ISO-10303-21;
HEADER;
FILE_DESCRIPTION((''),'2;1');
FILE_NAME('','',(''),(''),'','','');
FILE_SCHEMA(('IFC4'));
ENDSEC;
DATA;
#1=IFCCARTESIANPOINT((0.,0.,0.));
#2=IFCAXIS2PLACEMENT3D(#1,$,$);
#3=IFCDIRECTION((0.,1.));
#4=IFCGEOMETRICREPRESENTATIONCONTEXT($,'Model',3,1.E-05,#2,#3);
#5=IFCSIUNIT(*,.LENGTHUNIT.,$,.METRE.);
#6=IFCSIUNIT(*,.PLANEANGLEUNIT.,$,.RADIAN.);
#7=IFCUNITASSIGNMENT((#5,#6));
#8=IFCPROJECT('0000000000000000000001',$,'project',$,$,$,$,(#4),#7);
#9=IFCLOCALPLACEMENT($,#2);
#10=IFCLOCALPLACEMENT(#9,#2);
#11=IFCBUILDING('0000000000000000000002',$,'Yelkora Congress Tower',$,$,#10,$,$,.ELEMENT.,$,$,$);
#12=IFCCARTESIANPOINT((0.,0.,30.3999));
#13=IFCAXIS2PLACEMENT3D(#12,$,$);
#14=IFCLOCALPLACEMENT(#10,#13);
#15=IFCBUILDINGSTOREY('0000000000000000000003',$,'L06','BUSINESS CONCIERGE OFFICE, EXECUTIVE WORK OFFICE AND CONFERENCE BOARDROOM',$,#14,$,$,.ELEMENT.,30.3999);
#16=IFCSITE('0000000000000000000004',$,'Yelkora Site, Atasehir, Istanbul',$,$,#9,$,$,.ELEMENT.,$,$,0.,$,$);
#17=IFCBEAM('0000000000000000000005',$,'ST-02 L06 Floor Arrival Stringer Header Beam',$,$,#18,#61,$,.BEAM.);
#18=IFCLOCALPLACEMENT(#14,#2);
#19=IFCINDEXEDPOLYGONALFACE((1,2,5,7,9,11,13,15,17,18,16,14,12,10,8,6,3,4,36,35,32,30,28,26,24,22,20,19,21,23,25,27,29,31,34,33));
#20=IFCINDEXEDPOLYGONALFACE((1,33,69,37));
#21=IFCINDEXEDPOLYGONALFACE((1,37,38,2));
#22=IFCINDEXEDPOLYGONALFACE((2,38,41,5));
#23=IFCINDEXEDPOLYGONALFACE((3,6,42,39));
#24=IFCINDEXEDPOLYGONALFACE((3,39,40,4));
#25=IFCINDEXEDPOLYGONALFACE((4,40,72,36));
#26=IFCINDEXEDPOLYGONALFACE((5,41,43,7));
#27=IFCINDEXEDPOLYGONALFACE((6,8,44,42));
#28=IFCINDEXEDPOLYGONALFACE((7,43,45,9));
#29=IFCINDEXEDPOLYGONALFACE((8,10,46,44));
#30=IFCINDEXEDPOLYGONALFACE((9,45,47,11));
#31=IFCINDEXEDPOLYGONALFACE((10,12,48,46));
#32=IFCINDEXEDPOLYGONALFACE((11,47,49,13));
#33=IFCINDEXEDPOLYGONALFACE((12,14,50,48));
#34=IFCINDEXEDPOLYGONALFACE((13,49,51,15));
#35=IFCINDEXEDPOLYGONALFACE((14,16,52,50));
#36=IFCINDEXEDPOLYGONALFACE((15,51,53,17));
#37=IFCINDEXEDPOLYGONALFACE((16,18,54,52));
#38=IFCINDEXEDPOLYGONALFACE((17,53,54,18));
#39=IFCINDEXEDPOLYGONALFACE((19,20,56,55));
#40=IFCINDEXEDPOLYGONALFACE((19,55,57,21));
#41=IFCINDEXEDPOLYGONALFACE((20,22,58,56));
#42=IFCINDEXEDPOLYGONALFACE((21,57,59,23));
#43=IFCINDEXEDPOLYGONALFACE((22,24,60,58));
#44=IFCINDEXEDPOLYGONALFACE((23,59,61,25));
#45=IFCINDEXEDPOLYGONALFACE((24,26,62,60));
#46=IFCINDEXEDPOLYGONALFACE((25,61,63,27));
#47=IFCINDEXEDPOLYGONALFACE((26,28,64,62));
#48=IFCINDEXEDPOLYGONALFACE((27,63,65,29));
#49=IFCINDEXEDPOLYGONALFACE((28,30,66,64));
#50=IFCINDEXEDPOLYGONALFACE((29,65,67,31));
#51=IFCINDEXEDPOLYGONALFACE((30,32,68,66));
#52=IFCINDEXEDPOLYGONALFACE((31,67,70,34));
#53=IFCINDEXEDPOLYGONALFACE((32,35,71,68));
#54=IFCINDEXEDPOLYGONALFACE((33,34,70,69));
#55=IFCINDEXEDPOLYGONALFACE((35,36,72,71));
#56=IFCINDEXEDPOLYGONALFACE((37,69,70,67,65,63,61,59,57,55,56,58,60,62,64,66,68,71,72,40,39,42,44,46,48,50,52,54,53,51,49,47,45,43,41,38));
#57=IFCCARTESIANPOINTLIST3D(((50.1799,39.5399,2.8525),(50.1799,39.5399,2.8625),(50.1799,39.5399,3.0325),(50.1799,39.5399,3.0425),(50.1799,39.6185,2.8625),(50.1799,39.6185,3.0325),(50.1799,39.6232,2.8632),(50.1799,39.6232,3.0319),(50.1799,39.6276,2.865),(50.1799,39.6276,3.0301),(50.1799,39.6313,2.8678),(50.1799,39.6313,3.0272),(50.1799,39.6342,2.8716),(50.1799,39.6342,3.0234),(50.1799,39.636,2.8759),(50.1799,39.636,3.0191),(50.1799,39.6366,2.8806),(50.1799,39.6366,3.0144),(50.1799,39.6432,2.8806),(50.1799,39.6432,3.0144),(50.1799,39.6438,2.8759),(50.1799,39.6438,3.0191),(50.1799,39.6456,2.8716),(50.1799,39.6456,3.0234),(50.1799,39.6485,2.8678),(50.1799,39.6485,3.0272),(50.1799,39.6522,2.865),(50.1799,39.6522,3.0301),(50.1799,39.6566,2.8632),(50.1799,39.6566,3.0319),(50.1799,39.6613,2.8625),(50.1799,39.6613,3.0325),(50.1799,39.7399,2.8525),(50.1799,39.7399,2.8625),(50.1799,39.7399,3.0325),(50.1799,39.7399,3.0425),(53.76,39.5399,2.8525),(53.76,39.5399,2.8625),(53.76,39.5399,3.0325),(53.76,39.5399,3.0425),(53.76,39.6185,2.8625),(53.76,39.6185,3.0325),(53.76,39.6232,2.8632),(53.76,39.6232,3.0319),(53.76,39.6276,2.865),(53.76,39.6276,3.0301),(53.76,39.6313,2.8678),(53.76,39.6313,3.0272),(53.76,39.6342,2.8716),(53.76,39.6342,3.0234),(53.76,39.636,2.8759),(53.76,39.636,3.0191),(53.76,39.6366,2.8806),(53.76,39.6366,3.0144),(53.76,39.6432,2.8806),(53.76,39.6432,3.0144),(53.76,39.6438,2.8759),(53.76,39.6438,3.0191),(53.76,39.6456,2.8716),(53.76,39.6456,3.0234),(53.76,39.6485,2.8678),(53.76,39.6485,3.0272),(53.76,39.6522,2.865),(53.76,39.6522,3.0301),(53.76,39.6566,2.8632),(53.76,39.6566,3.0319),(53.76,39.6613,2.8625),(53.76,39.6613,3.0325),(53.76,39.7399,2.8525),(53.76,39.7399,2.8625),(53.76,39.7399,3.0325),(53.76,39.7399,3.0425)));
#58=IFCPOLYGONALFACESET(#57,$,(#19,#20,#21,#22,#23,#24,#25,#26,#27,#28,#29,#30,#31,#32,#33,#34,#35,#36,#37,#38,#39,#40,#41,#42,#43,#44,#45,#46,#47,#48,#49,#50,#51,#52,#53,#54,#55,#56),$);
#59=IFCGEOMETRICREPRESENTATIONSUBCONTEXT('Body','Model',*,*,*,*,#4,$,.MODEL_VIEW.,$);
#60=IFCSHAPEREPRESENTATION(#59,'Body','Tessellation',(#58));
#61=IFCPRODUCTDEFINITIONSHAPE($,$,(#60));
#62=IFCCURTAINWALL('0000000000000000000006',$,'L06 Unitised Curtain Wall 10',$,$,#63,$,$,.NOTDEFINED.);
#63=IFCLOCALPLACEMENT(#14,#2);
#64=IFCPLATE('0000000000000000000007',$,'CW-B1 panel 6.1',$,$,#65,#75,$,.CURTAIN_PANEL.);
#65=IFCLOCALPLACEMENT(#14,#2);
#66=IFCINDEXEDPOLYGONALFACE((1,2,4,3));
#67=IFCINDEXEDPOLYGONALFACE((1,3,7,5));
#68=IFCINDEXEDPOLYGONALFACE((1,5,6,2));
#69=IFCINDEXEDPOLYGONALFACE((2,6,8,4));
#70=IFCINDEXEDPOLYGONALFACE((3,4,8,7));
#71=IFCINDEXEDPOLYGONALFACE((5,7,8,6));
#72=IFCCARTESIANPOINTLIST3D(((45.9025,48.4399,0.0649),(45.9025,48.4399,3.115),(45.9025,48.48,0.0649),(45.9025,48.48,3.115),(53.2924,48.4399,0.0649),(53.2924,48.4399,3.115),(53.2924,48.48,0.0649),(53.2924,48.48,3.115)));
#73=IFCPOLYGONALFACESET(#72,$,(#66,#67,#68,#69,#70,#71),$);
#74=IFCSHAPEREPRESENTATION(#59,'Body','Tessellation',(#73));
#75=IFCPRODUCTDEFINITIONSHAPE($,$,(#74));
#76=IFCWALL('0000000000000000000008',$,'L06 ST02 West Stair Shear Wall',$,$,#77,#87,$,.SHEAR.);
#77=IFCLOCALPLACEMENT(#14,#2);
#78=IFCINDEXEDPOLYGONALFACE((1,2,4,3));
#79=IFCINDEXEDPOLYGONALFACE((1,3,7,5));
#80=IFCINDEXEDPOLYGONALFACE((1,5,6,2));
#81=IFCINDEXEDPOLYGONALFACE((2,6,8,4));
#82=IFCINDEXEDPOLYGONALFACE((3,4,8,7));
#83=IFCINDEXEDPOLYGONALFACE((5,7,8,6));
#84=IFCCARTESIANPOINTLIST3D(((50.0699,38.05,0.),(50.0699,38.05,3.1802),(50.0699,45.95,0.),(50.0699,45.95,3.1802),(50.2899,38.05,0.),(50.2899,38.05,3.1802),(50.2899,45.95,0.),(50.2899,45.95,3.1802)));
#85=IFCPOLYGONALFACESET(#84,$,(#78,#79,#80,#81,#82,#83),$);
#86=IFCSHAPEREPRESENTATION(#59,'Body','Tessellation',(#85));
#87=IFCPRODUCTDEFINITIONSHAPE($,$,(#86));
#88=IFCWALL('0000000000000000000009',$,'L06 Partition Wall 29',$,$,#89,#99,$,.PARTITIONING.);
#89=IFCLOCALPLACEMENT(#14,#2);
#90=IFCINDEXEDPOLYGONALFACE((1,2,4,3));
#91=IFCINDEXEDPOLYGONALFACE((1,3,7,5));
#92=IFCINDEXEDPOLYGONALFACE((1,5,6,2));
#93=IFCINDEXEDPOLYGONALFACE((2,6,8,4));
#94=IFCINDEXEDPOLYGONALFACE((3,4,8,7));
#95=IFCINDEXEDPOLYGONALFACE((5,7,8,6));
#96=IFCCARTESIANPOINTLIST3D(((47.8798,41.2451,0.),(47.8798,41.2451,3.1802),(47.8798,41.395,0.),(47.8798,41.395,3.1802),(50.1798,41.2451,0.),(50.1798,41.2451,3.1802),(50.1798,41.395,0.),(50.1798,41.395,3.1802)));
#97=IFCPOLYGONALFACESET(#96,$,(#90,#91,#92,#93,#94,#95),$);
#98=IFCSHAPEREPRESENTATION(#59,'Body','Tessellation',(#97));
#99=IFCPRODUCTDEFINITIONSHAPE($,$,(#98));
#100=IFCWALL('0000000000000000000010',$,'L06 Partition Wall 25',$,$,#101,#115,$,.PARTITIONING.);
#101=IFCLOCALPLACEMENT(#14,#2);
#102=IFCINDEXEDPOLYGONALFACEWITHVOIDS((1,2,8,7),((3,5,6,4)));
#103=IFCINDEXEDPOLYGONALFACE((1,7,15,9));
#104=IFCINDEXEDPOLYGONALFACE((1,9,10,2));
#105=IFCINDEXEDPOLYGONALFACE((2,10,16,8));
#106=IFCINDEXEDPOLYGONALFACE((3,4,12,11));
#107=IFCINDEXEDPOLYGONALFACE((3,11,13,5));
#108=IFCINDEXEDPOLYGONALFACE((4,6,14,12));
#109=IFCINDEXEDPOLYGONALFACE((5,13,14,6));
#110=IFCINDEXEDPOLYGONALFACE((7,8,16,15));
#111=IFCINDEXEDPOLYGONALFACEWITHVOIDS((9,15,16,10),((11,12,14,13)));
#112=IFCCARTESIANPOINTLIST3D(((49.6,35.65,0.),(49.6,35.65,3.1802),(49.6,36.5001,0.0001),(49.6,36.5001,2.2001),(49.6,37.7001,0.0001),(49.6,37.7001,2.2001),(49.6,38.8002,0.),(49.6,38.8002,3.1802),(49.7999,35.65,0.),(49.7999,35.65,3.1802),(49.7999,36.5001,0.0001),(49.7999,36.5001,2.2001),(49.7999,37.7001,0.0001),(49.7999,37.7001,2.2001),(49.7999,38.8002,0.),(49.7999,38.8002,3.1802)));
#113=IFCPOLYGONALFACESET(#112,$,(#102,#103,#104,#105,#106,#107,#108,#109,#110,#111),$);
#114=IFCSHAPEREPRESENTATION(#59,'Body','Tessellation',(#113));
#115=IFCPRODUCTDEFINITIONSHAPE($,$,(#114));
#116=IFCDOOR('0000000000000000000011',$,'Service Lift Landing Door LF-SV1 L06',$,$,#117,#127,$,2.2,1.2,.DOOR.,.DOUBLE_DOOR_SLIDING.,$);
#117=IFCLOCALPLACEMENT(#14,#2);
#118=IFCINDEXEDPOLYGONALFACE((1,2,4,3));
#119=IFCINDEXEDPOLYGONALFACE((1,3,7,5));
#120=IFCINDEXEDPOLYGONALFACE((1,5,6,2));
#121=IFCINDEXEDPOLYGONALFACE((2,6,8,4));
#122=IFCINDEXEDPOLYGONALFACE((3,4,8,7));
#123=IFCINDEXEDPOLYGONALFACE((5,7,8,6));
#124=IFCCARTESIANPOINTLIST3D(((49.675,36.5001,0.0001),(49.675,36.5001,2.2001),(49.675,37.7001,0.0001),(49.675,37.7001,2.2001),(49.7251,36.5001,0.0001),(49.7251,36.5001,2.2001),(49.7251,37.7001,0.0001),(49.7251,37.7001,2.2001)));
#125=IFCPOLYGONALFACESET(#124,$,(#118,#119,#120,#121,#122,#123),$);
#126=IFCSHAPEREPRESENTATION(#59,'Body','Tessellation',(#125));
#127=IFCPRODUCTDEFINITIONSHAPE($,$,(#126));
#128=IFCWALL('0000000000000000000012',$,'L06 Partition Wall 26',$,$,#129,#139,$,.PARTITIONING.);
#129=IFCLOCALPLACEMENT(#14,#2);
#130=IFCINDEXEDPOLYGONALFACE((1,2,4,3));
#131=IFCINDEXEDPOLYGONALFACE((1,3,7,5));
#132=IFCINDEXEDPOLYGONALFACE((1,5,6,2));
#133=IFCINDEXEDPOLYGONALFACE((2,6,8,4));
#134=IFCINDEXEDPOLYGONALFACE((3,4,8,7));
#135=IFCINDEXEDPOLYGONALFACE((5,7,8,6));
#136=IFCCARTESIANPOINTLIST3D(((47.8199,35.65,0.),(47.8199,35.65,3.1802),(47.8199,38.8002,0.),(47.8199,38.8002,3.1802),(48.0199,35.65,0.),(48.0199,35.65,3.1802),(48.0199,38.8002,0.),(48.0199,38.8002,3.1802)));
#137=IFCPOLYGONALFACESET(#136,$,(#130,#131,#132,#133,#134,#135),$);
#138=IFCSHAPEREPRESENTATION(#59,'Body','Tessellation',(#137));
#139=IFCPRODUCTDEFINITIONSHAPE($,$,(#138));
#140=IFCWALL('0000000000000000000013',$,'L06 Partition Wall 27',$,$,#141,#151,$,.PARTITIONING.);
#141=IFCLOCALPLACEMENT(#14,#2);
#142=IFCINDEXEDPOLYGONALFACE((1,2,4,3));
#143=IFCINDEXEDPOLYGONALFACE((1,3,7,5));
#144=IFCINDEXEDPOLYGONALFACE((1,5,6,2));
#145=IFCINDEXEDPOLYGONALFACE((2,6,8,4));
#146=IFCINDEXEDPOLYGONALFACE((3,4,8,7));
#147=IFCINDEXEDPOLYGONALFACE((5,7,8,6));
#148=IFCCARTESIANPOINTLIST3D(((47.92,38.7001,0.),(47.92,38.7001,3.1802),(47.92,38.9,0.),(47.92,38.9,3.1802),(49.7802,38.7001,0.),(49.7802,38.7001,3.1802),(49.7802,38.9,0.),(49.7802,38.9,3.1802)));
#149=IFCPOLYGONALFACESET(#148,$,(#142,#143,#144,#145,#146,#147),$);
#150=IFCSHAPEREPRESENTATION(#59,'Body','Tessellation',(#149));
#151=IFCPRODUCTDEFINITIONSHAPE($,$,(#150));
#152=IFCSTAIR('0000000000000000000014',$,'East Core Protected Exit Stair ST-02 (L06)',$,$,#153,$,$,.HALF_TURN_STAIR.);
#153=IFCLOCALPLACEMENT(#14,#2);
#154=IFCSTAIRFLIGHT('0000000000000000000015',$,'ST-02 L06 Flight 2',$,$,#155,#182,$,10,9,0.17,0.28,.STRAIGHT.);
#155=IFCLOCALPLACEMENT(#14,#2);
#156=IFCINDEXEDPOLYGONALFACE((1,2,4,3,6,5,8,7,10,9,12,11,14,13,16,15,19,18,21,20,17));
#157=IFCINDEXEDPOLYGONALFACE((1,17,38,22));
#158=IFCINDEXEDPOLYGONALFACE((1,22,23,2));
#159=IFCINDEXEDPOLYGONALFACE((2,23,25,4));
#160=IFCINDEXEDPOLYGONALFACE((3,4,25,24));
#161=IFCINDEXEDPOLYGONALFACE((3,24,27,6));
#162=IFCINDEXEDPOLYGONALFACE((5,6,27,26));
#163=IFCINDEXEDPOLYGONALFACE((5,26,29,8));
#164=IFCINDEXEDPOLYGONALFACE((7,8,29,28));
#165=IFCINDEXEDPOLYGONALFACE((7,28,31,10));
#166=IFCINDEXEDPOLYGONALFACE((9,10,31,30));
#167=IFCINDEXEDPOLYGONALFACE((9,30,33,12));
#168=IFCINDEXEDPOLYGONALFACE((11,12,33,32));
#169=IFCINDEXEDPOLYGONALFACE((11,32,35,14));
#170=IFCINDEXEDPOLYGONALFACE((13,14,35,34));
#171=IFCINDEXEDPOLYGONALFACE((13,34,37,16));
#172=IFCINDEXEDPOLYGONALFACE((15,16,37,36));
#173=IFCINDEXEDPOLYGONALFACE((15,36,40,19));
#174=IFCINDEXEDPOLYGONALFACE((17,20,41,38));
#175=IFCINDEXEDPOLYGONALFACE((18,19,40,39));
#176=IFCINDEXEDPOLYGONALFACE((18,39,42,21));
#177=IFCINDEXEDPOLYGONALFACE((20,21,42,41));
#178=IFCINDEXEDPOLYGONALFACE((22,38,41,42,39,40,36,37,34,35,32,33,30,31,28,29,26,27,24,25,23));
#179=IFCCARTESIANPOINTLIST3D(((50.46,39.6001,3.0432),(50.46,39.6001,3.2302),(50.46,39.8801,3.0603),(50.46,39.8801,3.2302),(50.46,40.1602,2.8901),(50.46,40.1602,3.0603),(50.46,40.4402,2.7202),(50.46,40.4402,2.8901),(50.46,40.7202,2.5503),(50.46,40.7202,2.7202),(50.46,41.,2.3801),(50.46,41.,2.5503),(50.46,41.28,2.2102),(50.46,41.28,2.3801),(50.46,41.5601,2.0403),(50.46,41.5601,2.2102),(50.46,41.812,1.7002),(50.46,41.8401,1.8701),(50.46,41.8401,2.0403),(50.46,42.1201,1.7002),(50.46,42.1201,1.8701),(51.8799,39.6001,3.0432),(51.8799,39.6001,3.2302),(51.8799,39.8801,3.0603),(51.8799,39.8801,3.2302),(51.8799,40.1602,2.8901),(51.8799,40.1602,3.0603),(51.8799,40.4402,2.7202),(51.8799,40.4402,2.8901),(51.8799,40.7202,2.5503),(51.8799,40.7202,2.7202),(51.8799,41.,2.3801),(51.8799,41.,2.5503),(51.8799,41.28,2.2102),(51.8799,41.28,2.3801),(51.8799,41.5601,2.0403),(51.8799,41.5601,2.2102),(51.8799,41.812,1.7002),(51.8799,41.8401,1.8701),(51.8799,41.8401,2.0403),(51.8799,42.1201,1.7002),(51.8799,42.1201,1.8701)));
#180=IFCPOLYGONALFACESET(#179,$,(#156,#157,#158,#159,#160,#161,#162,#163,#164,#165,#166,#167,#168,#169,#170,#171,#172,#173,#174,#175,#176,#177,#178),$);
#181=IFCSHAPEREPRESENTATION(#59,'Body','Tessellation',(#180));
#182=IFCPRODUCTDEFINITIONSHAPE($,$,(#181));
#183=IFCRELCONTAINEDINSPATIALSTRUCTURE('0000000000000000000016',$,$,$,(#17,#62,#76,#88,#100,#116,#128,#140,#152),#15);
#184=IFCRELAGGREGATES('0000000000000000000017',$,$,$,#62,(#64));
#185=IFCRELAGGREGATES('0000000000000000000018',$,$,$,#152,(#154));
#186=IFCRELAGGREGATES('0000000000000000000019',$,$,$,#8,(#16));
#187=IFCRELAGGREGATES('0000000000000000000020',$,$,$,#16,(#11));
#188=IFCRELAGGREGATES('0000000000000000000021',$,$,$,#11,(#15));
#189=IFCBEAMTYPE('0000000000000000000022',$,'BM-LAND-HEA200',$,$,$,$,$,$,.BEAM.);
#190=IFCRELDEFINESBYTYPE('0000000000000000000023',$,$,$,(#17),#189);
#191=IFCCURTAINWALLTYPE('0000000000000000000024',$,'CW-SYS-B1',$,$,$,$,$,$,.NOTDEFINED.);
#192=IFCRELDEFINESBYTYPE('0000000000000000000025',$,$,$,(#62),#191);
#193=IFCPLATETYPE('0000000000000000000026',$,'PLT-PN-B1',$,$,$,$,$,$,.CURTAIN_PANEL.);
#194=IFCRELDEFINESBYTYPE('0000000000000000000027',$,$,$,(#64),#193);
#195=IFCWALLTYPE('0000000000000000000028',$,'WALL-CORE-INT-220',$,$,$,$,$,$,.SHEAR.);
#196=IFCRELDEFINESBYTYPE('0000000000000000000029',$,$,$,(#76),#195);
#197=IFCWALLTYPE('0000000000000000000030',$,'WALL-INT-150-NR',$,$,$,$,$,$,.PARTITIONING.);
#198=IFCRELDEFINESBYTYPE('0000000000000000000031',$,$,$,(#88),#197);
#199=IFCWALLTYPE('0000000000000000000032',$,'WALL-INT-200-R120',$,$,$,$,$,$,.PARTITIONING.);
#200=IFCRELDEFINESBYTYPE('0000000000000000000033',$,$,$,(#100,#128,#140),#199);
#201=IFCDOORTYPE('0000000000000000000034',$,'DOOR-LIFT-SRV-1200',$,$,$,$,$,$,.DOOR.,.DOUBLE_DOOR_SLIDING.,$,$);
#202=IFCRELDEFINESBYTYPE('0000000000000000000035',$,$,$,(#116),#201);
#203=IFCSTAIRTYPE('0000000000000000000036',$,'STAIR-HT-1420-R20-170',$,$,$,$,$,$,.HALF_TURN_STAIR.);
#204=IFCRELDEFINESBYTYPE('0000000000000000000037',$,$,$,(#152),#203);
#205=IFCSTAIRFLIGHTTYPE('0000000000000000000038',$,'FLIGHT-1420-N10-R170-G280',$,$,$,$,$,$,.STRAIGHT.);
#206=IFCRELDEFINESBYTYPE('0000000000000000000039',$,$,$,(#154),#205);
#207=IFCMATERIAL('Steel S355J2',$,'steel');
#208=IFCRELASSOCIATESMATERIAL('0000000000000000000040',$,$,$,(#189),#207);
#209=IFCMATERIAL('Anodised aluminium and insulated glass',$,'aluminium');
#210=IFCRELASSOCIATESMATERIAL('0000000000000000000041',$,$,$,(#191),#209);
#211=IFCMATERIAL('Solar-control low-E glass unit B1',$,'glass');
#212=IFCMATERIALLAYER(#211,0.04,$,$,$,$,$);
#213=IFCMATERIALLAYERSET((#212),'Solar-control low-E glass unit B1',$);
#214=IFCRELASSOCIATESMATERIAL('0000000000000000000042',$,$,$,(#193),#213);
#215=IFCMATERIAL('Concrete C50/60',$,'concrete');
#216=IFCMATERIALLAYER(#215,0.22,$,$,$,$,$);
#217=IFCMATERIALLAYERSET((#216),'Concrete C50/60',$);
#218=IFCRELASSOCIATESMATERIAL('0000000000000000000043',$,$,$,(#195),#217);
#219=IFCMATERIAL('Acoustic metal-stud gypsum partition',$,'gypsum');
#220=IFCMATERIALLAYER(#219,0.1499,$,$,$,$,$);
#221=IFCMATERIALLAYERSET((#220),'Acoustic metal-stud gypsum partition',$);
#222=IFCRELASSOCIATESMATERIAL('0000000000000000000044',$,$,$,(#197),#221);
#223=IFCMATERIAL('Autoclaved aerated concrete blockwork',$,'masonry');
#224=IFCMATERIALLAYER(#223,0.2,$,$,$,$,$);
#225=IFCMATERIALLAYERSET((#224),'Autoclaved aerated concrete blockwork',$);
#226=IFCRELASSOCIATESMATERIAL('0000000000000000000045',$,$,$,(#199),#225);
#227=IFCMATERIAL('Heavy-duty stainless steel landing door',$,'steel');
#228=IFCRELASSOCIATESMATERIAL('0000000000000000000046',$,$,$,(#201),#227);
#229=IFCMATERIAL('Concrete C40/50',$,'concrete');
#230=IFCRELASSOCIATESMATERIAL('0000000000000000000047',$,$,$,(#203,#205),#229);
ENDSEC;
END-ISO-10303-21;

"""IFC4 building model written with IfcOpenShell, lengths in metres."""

from ifc_helpers import new_model, si_unit, direction, frame, frame_2d, origin, origin_2d, place, context, subcontext, project, spatial, polyline, rectangle, i_section, outline, extrude, material, layer, layer_set, material_profile, profile_set, type_object, element, fill, aggregate, save


model = new_model("IFC4")

# Units and contexts
model_context = context("Model", 3, precision=1e-05, world=origin(), true_north=direction((0.0, 1.0)))
body_context = subcontext(model_context, "Body", "Model", "MODEL_VIEW")
ifc_project = project(units=[si_unit("LENGTHUNIT", "METRE"), si_unit("PLANEANGLEUNIT", "RADIAN")], contexts=[model_context])

# Site, building, storey
site_placement = place(None, origin())
site = spatial("IfcSite", under=ifc_project, at=site_placement, Name="Yelkora Site, Atasehir, Istanbul", CompositionType="ELEMENT", RefElevation=0.0)
building_placement = place(site_placement, origin())
building = spatial("IfcBuilding", under=site, at=building_placement, Name="Yelkora Congress Tower", CompositionType="ELEMENT")
storey_placement = place(building_placement, frame((0.0, 0.0, 30.3999)))
storey = spatial("IfcBuildingStorey", under=building, at=storey_placement, Name="L06", Description="BUSINESS CONCIERGE OFFICE, EXECUTIVE WORK OFFICE AND CONFERENCE BOARDROOM", CompositionType="ELEMENT", Elevation=30.3999)

# Beam
ifc_material_1 = material(Name="Steel S355J2", Category="steel")
ifc_material_profile_1 = material_profile(ifc_material_1, i_section(OverallWidth=0.2, OverallDepth=0.1899, WebThickness=0.0066, FlangeThickness=0.01, FilletRadius=0.0181, at=origin_2d()), Name="HEA 200")
ifc_profile_set_1 = profile_set([ifc_material_profile_1], Name="Steel S355J2")
beam_type = type_object("IfcBeamType", Name="BM-LAND-HEA200", PredefinedType="BEAM", material=ifc_profile_set_1)
beam_1_placement = place(storey_placement, frame((50.1799, 39.6399, 2.9475), z_axis=(1.0, 0.0, 0.0), x_axis=(0.0, 1.0, 0.0)))
element("IfcBeam", 1, at=beam_1_placement, inside=storey, type_object=beam_type, Name="ST-02 L06 Floor Arrival Stringer Header Beam", PredefinedType="BEAM", context=body_context, shape_type="SweptSolid", body=[
    extrude(i_section(OverallWidth=0.2, OverallDepth=0.1899, WebThickness=0.0066, FlangeThickness=0.01, FilletRadius=0.0181, at=origin_2d()), origin(), (0.0, 0.0, 1.0), 3.5801),
])

# Curtain wall, plate
ifc_material_2 = material(Name="Anodised aluminium and insulated glass", Category="aluminium")
curtain_wall_type = type_object("IfcCurtainWallType", Name="CW-SYS-B1", PredefinedType="NOTDEFINED", material=ifc_material_2)
curtain_wall_placement = place(storey_placement, origin())
curtain_wall = element("IfcCurtainWall", 2, at=curtain_wall_placement, inside=storey, type_object=curtain_wall_type, Name="L06 Unitised Curtain Wall 10", PredefinedType="NOTDEFINED")
ifc_material_3 = material(Name="Solar-control low-E glass unit B1", Category="glass")
ifc_layer_1 = layer(ifc_material_3, 0.04)
ifc_layer_set_1 = layer_set([ifc_layer_1], Name="Solar-control low-E glass unit B1")
plate_type = type_object("IfcPlateType", Name="PLT-PN-B1", PredefinedType="CURTAIN_PANEL", material=ifc_layer_set_1)
plate_placement = place(storey_placement, frame((49.5974, 48.46, 0.0649), z_axis=(0.0, 0.0, 1.0), x_axis=(1.0, 0.0, 0.0)))
plate = element("IfcPlate", 3, at=plate_placement, type_object=plate_type, Name="CW-B1 panel 6.1", PredefinedType="CURTAIN_PANEL", context=body_context, shape_type="SweptSolid", body=[
    extrude(rectangle(XDim=7.3899, YDim=0.04, at=origin_2d()), origin(), (0.0, 0.0, 1.0), 3.05),
])
aggregate(curtain_wall, [plate])

# Walls
ifc_material_4 = material(Name="Concrete C50/60", Category="concrete")
ifc_layer_2 = layer(ifc_material_4, 0.22)
ifc_layer_set_2 = layer_set([ifc_layer_2], Name="Concrete C50/60")
wall_type_1 = type_object("IfcWallType", Name="WALL-CORE-INT-220", PredefinedType="SHEAR", material=ifc_layer_set_2)
wall_1_placement = place(storey_placement, frame((50.1799, 38.05, 0.0), z_axis=(0.0, 0.0, 1.0), x_axis=(0.0, 1.0, 0.0)))
element("IfcWall", 4, at=wall_1_placement, inside=storey, type_object=wall_type_1, Name="L06 ST02 West Stair Shear Wall", PredefinedType="SHEAR", context=body_context, shape_type="SweptSolid", body=[
    extrude(rectangle(XDim=7.8999, YDim=0.22, at=frame_2d((3.95, 0.0))), origin(), (0.0, 0.0, 1.0), 3.1802),
])
ifc_material_5 = material(Name="Acoustic metal-stud gypsum partition", Category="gypsum")
ifc_layer_3 = layer(ifc_material_5, 0.1499)
ifc_layer_set_3 = layer_set([ifc_layer_3], Name="Acoustic metal-stud gypsum partition")
wall_type_2 = type_object("IfcWallType", Name="WALL-INT-150-NR", PredefinedType="PARTITIONING", material=ifc_layer_set_3)
wall_2_placement = place(storey_placement, frame((47.8799, 41.3201, 0.0), z_axis=(0.0, 0.0, 1.0), x_axis=(1.0, 0.0, 0.0)))
element("IfcWall", 5, at=wall_2_placement, inside=storey, type_object=wall_type_2, Name="L06 Partition Wall 29", PredefinedType="PARTITIONING", context=body_context, shape_type="SweptSolid", body=[
    extrude(rectangle(XDim=2.3, YDim=0.1499, at=frame_2d((1.1499, 0.0))), origin(), (0.0, 0.0, 1.0), 3.1802),
])

# Wall, opening, door
ifc_material_6 = material(Name="Autoclaved aerated concrete blockwork", Category="masonry")
ifc_layer_4 = layer(ifc_material_6, 0.2)
ifc_layer_set_4 = layer_set([ifc_layer_4], Name="Autoclaved aerated concrete blockwork")
wall_type_3 = type_object("IfcWallType", Name="WALL-INT-200-R120", PredefinedType="PARTITIONING", material=ifc_layer_set_4)
wall_3_placement = place(storey_placement, frame((49.7, 35.6499, 0.0), z_axis=(0.0, 0.0, 1.0), x_axis=(0.0, 1.0, 0.0)))
wall_3 = element("IfcWall", 6, at=wall_3_placement, inside=storey, type_object=wall_type_3, Name="L06 Partition Wall 25", PredefinedType="PARTITIONING", context=body_context, shape_type="SweptSolid", body=[
    extrude(rectangle(XDim=3.1501, YDim=0.2, at=frame_2d((1.5752, 0.0))), origin(), (0.0, 0.0, 1.0), 3.1802),
])
opening_1_placement = place(wall_3_placement, frame((0.8501, 0.0, 0.0)))
opening_1 = element("IfcOpeningElement", 7, at=opening_1_placement, cuts=wall_3, PredefinedType="OPENING", context=body_context, shape_type="SweptSolid", body=[
    extrude(rectangle(XDim=1.2, YDim=2.2, at=frame_2d((0.6001, 1.1001))), frame((0.0, 0.1099, 0.0), z_axis=(0.0, -1.0, 0.0), x_axis=(1.0, 0.0, 0.0)), (0.0, 0.0, 1.0), 0.22),
])
ifc_material_7 = material(Name="Heavy-duty stainless steel landing door", Category="steel")
door_type_1 = type_object("IfcDoorType", Name="DOOR-LIFT-SRV-1200", OperationType="DOUBLE_DOOR_SLIDING", PredefinedType="DOOR", material=ifc_material_7)
door_1_placement = place(opening_1_placement, origin())
door_1 = element("IfcDoor", 8, at=door_1_placement, inside=storey, type_object=door_type_1, Name="Service Lift Landing Door LF-SV1 L06", OperationType="DOUBLE_DOOR_SLIDING", OverallHeight=2.2, OverallWidth=1.2, PredefinedType="DOOR", context=body_context, shape_type="SweptSolid", body=[
    extrude(rectangle(XDim=1.2, YDim=2.2, at=frame_2d((0.6001, 1.1001))), frame((0.0, 0.0249, 0.0), z_axis=(0.0, -1.0, 0.0), x_axis=(1.0, 0.0, 0.0)), (0.0, 0.0, 1.0), 0.05),
])
fill(opening_1, door_1)

# Walls
wall_4_placement = place(storey_placement, frame((47.9199, 35.6499, 0.0), z_axis=(0.0, 0.0, 1.0), x_axis=(0.0, 1.0, 0.0)))
element("IfcWall", 9, at=wall_4_placement, inside=storey, type_object=wall_type_3, Name="L06 Partition Wall 26", PredefinedType="PARTITIONING", context=body_context, shape_type="SweptSolid", body=[
    extrude(rectangle(XDim=3.1501, YDim=0.2, at=frame_2d((1.5752, 0.0))), origin(), (0.0, 0.0, 1.0), 3.1802),
])
wall_5_placement = place(storey_placement, frame((47.9199, 38.8, 0.0), z_axis=(0.0, 0.0, 1.0), x_axis=(1.0, 0.0, 0.0)))
element("IfcWall", 10, at=wall_5_placement, inside=storey, type_object=wall_type_3, Name="L06 Partition Wall 27", PredefinedType="PARTITIONING", context=body_context, shape_type="SweptSolid", body=[
    extrude(rectangle(XDim=1.8601, YDim=0.2, at=frame_2d((0.9302, 0.0))), origin(), (0.0, 0.0, 1.0), 3.1802),
])

# Stair, stair flight
ifc_material_8 = material(Name="Concrete C40/50", Category="concrete")
stair_type = type_object("IfcStairType", Name="STAIR-HT-1420-R20-170", PredefinedType="HALF_TURN_STAIR", material=ifc_material_8)
stair_placement = place(storey_placement, origin())
stair = element("IfcStair", 11, at=stair_placement, inside=storey, type_object=stair_type, Name="East Core Protected Exit Stair ST-02 (L06)", PredefinedType="HALF_TURN_STAIR")
stair_flight_type = type_object("IfcStairFlightType", Name="FLIGHT-1420-N10-R170-G280", PredefinedType="STRAIGHT", material=ifc_material_8)
stair_flight_placement = place(storey_placement, frame((51.1699, 42.1201, 1.7002), z_axis=(0.0, 0.0, 1.0), x_axis=(0.0, -1.0, 0.0)))
stair_flight = element("IfcStairFlight", 12, at=stair_flight_placement, type_object=stair_flight_type, Name="ST-02 L06 Flight 2", NumberOfRisers=10, NumberOfTreads=9, PredefinedType="STRAIGHT", RiserHeight=0.17, TreadLength=0.28, context=body_context, shape_type="SweptSolid", body=[
    extrude(outline(polyline([(0.0, 0.0), (0.0, 0.1699), (0.28, 0.1699), (0.28, 0.3401), (0.5601, 0.3401), (0.5601, 0.51), (0.8401, 0.51), (0.8401, 0.6799), (1.1201, 0.6799), (1.1201, 0.8501), (1.3999, 0.8501), (1.3999, 1.02), (1.6799, 1.02), (1.6799, 1.1899), (1.96, 1.1899), (1.96, 1.3601), (2.24, 1.3601), (2.24, 1.53), (2.52, 1.53), (2.52, 1.7), (2.52, 1.343), (0.3081, 0.0), (0.0, 0.0)])), frame((0.0, 0.71, 0.0), z_axis=(0.0, -1.0, 0.0), x_axis=(1.0, 0.0, 0.0)), (0.0, 0.0, 1.0), 1.4199),
])
aggregate(stair, [stair_flight])

save(model, "model.ifc")
